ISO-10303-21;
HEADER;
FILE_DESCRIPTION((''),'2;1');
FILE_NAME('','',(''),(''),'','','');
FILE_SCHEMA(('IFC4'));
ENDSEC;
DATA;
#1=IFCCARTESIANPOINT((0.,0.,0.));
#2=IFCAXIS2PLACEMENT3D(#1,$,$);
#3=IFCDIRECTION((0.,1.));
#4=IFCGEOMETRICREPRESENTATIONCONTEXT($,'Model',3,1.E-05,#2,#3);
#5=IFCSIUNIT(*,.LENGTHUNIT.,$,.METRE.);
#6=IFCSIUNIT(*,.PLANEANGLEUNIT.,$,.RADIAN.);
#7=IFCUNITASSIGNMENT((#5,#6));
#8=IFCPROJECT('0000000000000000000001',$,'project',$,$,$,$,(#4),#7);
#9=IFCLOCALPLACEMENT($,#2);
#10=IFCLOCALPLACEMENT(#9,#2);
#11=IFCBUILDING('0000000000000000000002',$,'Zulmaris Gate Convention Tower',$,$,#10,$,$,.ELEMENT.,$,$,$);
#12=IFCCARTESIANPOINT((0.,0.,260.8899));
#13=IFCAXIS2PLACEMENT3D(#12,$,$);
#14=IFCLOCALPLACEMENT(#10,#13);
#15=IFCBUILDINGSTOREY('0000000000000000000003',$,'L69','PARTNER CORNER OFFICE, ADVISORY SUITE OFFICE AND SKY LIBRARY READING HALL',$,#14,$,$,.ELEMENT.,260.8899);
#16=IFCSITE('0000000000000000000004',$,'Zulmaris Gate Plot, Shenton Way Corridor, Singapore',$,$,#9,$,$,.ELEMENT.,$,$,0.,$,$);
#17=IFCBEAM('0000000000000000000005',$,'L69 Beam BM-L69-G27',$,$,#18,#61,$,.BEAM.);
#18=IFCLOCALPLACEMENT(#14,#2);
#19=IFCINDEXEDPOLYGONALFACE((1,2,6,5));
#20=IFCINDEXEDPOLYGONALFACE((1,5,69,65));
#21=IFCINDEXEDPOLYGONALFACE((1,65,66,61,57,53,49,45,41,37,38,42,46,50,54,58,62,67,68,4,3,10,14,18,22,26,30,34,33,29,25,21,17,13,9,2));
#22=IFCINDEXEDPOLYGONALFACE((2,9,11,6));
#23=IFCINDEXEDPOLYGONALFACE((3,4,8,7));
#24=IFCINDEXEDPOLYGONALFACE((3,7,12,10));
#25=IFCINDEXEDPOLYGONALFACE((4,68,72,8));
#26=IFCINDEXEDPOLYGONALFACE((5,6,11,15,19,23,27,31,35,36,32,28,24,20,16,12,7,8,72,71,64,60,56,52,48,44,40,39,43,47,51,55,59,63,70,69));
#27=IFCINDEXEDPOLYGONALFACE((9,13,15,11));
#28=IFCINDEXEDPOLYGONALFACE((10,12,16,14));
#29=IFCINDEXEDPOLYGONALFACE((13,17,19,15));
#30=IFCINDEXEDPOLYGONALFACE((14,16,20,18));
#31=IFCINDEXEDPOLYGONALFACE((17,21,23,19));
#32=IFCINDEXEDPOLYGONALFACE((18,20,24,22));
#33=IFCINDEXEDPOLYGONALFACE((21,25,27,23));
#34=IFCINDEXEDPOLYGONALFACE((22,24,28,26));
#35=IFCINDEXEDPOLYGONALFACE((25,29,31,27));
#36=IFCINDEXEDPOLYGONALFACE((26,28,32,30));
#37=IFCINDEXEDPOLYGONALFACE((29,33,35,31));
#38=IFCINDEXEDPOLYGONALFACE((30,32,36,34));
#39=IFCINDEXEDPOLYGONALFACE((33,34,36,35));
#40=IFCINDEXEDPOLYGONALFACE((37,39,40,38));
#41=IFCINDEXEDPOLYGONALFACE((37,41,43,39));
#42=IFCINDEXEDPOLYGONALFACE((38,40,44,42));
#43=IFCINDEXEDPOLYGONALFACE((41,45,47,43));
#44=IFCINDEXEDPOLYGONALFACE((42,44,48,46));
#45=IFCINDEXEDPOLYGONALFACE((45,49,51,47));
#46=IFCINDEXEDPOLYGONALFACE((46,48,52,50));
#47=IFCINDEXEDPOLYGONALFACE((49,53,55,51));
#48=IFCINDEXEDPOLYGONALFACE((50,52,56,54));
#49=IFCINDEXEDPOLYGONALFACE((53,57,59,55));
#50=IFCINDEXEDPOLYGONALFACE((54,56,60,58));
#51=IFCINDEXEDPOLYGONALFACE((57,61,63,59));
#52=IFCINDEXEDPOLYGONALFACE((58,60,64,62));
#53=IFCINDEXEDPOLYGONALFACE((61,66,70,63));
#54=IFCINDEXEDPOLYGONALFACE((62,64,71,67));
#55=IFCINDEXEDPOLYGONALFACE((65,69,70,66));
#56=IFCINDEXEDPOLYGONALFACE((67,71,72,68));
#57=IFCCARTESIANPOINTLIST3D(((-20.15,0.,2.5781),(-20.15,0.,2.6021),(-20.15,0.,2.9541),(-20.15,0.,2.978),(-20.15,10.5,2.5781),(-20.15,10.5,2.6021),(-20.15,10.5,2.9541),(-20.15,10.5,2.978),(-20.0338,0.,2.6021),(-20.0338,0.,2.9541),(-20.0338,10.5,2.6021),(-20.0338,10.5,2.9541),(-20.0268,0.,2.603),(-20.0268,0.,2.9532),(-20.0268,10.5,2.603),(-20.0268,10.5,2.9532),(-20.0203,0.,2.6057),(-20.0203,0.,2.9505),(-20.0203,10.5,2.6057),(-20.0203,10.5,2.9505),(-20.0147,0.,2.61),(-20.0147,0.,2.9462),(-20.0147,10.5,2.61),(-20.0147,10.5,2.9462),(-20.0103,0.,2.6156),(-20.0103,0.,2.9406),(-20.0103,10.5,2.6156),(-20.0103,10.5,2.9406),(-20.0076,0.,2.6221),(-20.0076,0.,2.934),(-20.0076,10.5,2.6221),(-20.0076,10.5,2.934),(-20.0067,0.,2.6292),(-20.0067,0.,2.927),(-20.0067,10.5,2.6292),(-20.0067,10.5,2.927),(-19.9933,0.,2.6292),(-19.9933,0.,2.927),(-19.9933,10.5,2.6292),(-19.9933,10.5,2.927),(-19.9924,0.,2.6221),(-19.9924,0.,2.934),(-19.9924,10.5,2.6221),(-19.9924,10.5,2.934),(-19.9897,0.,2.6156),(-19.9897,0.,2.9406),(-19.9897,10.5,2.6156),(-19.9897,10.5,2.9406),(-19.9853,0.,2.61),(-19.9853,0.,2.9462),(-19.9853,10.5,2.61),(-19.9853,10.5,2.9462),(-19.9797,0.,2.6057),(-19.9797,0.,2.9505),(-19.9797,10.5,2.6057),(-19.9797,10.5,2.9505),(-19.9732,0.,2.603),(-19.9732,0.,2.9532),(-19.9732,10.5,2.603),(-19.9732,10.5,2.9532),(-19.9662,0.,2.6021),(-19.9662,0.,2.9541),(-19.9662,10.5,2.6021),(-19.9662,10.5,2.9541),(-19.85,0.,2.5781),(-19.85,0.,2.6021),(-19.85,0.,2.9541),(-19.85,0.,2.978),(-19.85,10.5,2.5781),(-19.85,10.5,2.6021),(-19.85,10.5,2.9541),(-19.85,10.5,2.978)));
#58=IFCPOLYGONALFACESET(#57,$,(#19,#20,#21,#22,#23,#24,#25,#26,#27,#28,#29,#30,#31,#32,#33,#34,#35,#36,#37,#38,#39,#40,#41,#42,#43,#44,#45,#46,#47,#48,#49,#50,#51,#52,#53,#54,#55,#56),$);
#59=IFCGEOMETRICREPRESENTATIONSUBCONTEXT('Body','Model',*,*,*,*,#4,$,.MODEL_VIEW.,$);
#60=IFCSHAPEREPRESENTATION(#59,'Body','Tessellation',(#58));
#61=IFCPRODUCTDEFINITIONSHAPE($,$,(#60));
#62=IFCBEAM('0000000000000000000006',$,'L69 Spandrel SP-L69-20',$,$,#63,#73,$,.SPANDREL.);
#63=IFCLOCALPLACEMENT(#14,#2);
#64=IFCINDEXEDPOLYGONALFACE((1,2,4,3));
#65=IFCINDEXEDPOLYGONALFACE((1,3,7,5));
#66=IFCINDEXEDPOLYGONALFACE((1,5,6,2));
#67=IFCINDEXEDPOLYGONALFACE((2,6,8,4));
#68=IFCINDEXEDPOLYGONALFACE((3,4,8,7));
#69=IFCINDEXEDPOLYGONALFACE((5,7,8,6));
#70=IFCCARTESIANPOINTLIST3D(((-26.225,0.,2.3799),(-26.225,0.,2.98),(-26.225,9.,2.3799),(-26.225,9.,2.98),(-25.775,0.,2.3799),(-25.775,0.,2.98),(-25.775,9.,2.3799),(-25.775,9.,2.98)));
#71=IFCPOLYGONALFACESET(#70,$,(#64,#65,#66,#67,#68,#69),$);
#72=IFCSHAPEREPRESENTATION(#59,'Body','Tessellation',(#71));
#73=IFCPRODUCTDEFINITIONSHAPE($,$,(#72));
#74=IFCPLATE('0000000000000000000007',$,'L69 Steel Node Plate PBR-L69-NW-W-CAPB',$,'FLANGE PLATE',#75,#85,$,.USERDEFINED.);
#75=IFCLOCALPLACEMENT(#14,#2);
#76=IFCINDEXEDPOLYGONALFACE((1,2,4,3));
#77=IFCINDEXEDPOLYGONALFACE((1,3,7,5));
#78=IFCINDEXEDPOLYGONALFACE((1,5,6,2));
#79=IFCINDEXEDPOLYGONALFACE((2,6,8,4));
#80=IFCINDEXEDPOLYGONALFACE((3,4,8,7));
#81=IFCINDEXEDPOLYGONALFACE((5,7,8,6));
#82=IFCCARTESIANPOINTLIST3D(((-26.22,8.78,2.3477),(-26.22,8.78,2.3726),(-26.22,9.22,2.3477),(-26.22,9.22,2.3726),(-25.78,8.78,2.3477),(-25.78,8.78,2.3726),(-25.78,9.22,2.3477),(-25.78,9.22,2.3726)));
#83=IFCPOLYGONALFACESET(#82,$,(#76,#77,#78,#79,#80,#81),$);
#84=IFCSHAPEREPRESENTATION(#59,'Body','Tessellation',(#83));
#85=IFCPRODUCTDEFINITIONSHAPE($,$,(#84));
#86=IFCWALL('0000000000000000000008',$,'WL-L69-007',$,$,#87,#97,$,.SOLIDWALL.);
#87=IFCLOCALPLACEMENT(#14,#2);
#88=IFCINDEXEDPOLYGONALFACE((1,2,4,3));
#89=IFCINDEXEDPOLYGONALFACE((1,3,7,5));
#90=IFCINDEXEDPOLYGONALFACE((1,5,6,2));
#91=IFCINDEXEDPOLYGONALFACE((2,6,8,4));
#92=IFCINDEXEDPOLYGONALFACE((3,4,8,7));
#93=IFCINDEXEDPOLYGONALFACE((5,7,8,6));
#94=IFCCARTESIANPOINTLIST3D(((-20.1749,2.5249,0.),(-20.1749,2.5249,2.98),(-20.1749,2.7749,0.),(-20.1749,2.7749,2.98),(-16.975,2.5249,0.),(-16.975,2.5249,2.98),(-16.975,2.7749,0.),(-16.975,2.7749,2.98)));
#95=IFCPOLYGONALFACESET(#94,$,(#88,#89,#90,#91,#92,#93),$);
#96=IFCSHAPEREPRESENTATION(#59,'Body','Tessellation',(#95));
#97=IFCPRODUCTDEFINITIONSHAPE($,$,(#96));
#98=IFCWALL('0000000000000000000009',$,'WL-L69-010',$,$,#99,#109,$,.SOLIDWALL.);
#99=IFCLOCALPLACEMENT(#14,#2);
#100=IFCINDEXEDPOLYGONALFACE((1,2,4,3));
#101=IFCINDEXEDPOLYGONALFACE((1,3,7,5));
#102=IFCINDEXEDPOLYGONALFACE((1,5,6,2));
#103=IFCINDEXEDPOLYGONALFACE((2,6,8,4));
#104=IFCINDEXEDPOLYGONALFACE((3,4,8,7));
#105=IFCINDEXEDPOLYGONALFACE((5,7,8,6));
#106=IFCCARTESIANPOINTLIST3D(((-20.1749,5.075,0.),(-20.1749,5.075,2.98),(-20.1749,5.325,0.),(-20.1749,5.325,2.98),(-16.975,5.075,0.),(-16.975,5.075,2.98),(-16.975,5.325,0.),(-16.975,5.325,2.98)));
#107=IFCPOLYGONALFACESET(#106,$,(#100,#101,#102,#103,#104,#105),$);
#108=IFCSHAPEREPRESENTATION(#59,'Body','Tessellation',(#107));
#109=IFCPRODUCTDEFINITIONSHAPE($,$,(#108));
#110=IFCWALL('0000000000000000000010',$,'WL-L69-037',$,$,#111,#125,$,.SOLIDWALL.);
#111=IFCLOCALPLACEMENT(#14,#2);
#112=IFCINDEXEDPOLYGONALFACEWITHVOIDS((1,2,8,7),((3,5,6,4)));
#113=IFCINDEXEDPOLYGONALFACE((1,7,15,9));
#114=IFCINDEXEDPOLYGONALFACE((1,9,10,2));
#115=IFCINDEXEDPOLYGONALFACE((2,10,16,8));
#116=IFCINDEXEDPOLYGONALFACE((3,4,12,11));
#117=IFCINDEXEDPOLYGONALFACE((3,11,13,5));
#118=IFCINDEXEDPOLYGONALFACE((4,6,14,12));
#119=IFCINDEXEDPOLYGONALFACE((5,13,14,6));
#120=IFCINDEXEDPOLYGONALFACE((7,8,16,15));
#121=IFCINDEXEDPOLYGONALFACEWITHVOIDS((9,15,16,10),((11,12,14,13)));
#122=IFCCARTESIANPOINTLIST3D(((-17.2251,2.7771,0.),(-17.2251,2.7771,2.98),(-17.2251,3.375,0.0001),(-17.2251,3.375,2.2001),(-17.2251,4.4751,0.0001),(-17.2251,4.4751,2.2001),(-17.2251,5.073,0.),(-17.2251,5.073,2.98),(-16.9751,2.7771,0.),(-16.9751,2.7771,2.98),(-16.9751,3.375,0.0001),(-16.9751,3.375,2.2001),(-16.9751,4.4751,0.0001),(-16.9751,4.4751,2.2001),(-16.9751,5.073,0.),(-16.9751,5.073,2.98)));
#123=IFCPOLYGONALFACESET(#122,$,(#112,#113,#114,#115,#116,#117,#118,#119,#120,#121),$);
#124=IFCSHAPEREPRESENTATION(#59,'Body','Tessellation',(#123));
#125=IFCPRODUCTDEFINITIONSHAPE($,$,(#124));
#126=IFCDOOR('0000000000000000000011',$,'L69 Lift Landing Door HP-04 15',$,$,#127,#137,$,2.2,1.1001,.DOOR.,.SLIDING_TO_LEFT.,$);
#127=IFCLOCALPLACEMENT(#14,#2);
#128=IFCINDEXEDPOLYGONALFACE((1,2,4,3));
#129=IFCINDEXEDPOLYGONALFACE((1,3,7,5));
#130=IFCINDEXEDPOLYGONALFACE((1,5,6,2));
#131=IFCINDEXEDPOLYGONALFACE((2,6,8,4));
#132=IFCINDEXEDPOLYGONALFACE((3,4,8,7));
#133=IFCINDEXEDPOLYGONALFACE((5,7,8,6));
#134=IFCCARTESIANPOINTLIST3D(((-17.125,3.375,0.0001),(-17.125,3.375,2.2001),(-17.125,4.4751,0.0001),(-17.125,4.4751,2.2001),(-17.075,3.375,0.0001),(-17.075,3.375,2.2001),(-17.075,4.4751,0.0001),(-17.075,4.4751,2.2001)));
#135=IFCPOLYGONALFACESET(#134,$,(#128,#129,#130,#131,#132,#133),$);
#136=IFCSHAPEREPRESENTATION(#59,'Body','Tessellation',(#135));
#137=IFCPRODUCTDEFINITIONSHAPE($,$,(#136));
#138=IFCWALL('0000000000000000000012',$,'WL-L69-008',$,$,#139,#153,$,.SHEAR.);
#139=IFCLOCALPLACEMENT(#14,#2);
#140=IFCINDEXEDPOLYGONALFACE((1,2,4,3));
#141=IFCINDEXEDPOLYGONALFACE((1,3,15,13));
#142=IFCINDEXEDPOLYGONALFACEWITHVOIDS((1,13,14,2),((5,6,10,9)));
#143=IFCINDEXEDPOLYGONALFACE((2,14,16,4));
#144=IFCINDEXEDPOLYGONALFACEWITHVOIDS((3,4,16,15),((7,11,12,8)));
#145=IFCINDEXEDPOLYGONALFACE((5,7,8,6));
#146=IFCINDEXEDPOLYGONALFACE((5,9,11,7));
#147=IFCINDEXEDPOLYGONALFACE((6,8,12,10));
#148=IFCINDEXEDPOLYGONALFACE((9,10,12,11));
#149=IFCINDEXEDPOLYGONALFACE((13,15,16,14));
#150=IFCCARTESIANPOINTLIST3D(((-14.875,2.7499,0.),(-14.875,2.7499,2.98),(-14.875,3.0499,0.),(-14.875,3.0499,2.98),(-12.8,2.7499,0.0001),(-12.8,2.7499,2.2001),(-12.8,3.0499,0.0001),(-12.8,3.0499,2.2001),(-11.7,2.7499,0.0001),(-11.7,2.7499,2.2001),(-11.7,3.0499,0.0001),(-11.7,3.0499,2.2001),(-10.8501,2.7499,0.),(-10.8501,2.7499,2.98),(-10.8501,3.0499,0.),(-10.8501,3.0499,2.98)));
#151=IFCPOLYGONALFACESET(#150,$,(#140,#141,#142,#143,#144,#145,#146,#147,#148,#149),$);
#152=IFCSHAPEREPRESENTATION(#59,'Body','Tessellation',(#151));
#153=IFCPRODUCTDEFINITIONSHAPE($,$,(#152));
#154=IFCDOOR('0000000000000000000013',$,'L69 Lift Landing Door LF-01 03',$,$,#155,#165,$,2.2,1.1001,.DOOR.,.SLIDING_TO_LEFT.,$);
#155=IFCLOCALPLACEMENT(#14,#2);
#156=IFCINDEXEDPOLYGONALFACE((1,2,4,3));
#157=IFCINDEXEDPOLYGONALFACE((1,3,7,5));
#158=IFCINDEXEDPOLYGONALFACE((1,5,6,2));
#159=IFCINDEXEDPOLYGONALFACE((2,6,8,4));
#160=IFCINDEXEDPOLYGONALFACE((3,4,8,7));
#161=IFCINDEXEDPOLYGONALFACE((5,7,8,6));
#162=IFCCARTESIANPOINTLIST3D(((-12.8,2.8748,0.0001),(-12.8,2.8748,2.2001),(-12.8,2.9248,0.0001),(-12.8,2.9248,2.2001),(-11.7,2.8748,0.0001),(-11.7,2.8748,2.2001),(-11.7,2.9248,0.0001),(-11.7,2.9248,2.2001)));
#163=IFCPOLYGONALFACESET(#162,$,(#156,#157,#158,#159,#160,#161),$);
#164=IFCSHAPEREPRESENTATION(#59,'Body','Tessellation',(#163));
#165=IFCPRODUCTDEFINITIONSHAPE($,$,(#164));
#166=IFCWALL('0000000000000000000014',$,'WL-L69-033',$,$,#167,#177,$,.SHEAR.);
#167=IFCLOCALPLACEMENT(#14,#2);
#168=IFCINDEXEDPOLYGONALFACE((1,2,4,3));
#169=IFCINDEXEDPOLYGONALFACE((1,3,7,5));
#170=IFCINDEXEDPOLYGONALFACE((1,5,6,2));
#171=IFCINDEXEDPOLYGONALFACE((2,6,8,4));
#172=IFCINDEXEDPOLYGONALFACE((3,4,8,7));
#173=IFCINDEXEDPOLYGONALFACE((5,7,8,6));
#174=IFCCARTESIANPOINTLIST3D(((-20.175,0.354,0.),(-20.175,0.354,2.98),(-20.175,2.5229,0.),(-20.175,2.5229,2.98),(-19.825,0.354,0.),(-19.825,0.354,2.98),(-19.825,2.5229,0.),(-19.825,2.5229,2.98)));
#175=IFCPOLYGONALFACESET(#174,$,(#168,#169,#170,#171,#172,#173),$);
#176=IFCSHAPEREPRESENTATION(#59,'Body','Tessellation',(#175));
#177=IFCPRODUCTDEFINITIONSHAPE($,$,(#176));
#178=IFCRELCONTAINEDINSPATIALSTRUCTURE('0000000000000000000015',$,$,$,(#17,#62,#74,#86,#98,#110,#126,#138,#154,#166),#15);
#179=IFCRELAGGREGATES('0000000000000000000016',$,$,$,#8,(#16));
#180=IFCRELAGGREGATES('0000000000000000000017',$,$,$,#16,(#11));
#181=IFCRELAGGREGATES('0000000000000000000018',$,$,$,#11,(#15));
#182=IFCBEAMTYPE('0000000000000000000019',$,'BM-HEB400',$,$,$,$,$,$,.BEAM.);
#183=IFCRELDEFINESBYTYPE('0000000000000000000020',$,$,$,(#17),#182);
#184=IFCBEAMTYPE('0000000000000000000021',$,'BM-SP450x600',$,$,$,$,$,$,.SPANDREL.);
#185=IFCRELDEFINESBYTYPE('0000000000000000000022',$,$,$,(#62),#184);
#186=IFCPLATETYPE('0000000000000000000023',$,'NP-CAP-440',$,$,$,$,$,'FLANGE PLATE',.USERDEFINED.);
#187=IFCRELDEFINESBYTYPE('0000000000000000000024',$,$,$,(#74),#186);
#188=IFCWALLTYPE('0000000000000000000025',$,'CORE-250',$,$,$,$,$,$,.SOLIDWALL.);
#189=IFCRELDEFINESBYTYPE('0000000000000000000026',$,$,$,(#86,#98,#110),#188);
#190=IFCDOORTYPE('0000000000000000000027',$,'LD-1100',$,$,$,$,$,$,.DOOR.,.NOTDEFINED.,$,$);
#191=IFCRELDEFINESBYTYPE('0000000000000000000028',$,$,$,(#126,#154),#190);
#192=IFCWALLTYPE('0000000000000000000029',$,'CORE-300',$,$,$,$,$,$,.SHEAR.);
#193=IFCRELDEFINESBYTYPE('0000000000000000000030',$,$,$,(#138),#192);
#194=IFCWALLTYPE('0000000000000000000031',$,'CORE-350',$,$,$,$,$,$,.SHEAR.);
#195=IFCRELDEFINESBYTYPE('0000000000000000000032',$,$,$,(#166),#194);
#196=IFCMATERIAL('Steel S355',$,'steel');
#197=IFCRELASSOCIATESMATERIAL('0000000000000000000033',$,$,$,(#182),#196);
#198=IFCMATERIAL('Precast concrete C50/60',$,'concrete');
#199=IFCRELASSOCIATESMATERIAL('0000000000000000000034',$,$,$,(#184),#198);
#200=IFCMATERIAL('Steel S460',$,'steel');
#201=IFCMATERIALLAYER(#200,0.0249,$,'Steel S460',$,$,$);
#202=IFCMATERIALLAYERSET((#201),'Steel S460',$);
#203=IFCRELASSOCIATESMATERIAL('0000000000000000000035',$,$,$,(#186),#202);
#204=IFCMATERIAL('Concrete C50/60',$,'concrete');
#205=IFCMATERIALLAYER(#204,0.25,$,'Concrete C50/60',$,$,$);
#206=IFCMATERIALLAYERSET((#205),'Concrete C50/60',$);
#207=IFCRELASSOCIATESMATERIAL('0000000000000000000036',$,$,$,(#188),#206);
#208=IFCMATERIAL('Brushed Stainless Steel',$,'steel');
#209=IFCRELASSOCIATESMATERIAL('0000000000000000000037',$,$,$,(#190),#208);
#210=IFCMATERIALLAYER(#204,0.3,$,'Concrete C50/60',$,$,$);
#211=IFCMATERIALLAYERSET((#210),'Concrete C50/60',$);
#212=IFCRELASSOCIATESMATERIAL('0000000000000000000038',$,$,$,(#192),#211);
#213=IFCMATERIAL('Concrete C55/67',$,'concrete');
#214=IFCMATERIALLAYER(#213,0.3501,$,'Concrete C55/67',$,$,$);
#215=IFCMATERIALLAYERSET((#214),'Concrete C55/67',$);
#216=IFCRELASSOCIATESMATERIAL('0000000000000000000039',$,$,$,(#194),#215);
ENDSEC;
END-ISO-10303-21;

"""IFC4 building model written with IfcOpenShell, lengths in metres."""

from ifc_helpers import new_model, si_unit, direction, frame, frame_2d, origin, origin_2d, place, context, subcontext, project, spatial, rectangle, i_section, extrude, material, layer, layer_set, material_profile, profile_set, type_object, element, fill, save


model = new_model("IFC4")

# Units and contexts
model_context = context("Model", 3, precision=1e-05, world=origin(), true_north=direction((0.0, 1.0)))
body_context = subcontext(model_context, "Body", "Model", "MODEL_VIEW")
ifc_project = project(units=[si_unit("LENGTHUNIT", "METRE"), si_unit("PLANEANGLEUNIT", "RADIAN")], contexts=[model_context])

# Site, building, storey
site_placement = place(None, origin())
site = spatial("IfcSite", under=ifc_project, at=site_placement, Name="Zulmaris Gate Plot, Shenton Way Corridor, Singapore", CompositionType="ELEMENT", RefElevation=0.0)
building_placement = place(site_placement, origin())
building = spatial("IfcBuilding", under=site, at=building_placement, Name="Zulmaris Gate Convention Tower", CompositionType="ELEMENT")
storey_placement = place(building_placement, frame((0.0, 0.0, 260.8899)))
storey = spatial("IfcBuildingStorey", under=building, at=storey_placement, Name="L69", Description="PARTNER CORNER OFFICE, ADVISORY SUITE OFFICE AND SKY LIBRARY READING HALL", CompositionType="ELEMENT", Elevation=260.8899)

# Shared definitions
ifc_material_1 = material(Name="Concrete C50/60", Category="concrete")

# Beams
ifc_material_2 = material(Name="Steel S355", Category="steel")
ifc_material_profile_1 = material_profile(ifc_material_2, i_section(OverallWidth=0.3, OverallDepth=0.3999, WebThickness=0.0134, FlangeThickness=0.0239, FilletRadius=0.0271, at=origin_2d()), Name="HEB 400")
ifc_profile_set_1 = profile_set([ifc_material_profile_1], Name="Steel S355")
beam_type_1 = type_object("IfcBeamType", Name="BM-HEB400", PredefinedType="BEAM", material=ifc_profile_set_1)
beam_1_placement = place(storey_placement, frame((-20.0, 0.0, 2.7781), z_axis=(0.0, 1.0, 0.0), x_axis=(-1.0, 0.0, 0.0)))
element("IfcBeam", 1, at=beam_1_placement, inside=storey, type_object=beam_type_1, Name="L69 Beam BM-L69-G27", PredefinedType="BEAM", context=body_context, shape_type="SweptSolid", body=[
    extrude(i_section(OverallWidth=0.3, OverallDepth=0.3999, WebThickness=0.0134, FlangeThickness=0.0239, FilletRadius=0.0271, at=origin_2d()), origin(), (0.0, 0.0, 1.0), 10.5),
])
ifc_material_3 = material(Name="Precast concrete C50/60", Category="concrete")
ifc_material_profile_2 = material_profile(ifc_material_3, rectangle(XDim=0.45, YDim=0.6001, at=origin_2d()), Name="RC SPANDREL 450x600")
ifc_profile_set_2 = profile_set([ifc_material_profile_2], Name="Precast concrete C50/60")
beam_type_2 = type_object("IfcBeamType", Name="BM-SP450x600", PredefinedType="SPANDREL", material=ifc_profile_set_2)
beam_2_placement = place(storey_placement, frame((-26.0, 9.0, 2.6799), z_axis=(0.0, -1.0, 0.0), x_axis=(1.0, 0.0, 0.0)))
element("IfcBeam", 2, at=beam_2_placement, inside=storey, type_object=beam_type_2, Name="L69 Spandrel SP-L69-20", PredefinedType="SPANDREL", context=body_context, shape_type="SweptSolid", body=[
    extrude(rectangle(XDim=0.45, YDim=0.6001, at=origin_2d()), origin(), (0.0, 0.0, 1.0), 9.0),
])

# Plate
ifc_material_4 = material(Name="Steel S460", Category="steel")
ifc_layer_1 = layer(ifc_material_4, 0.0249, Name="Steel S460")
ifc_layer_set_1 = layer_set([ifc_layer_1], Name="Steel S460")
plate_type = type_object("IfcPlateType", Name="NP-CAP-440", ElementType="FLANGE PLATE", PredefinedType="USERDEFINED", material=ifc_layer_set_1)
plate_placement = place(storey_placement, frame((-26.0, 9.0, 2.3477), z_axis=(0.0, 0.0, 1.0), x_axis=(1.0, 0.0, 0.0)))
element("IfcPlate", 3, at=plate_placement, inside=storey, type_object=plate_type, Name="L69 Steel Node Plate PBR-L69-NW-W-CAPB", ObjectType="FLANGE PLATE", PredefinedType="USERDEFINED", context=body_context, shape_type="SweptSolid", body=[
    extrude(rectangle(XDim=0.4399, YDim=0.4399, at=origin_2d()), origin(), (0.0, 0.0, 1.0), 0.0249),
])

# Walls
ifc_layer_2 = layer(ifc_material_1, 0.25, Name="Concrete C50/60")
ifc_layer_set_2 = layer_set([ifc_layer_2], Name="Concrete C50/60")
wall_type_1 = type_object("IfcWallType", Name="CORE-250", PredefinedType="SOLIDWALL", material=ifc_layer_set_2)
for number, where, z_axis, x_axis, name in (
    (4, (-20.175, 2.6499, 0.0), (0.0, 0.0, 1.0), (1.0, 0.0, 0.0), "WL-L69-007"),
    (5, (-20.175, 5.2, 0.0), (0.0, 0.0, 1.0), (1.0, 0.0, 0.0), "WL-L69-010"),
):
    element("IfcWall", number, at=place(storey_placement, frame(where, z_axis=z_axis, x_axis=x_axis)), inside=storey, type_object=wall_type_1, Name=name, PredefinedType="SOLIDWALL", context=body_context, shape_type="SweptSolid", body=[
        extrude(rectangle(XDim=3.2, YDim=0.25, at=frame_2d((1.6001, 0.0))), origin(), (0.0, 0.0, 1.0), 2.98),
    ])

# Walls, openings, doors
wall_1_placement = place(storey_placement, frame((-17.1001, 2.7771, 0.0), z_axis=(0.0, 0.0, 1.0), x_axis=(0.0, 1.0, 0.0)))
wall_1 = element("IfcWall", 6, at=wall_1_placement, inside=storey, type_object=wall_type_1, Name="WL-L69-037", PredefinedType="SOLIDWALL", context=body_context, shape_type="SweptSolid", body=[
    extrude(rectangle(XDim=2.2959, YDim=0.25, at=frame_2d((1.1479, 0.0))), origin(), (0.0, 0.0, 1.0), 2.98),
])
opening_1_placement = place(wall_1_placement, frame((0.5979, 0.0, 0.0)))
opening_1 = element("IfcOpeningElement", 7, at=opening_1_placement, cuts=wall_1, PredefinedType="OPENING", context=body_context, shape_type="SweptSolid", body=[
    extrude(rectangle(XDim=1.1001, YDim=2.2, at=frame_2d((0.55, 1.1001))), frame((0.0, 0.135, 0.0), z_axis=(0.0, -1.0, 0.0), x_axis=(1.0, 0.0, 0.0)), (0.0, 0.0, 1.0), 0.27),
])
ifc_material_5 = material(Name="Brushed Stainless Steel", Category="steel")
door_type_1 = type_object("IfcDoorType", Name="LD-1100", OperationType="NOTDEFINED", PredefinedType="DOOR", material=ifc_material_5)
door_1_placement = place(opening_1_placement, origin())
door_1 = element("IfcDoor", 8, at=door_1_placement, inside=storey, type_object=door_type_1, Name="L69 Lift Landing Door HP-04 15", OperationType="SLIDING_TO_LEFT", OverallHeight=2.2, OverallWidth=1.1001, PredefinedType="DOOR", context=body_context, shape_type="SweptSolid", body=[
    extrude(rectangle(XDim=1.1001, YDim=2.2, at=frame_2d((0.55, 1.1001))), frame((0.0, 0.0249, 0.0), z_axis=(0.0, -1.0, 0.0), x_axis=(1.0, 0.0, 0.0)), (0.0, 0.0, 1.0), 0.05),
])
fill(opening_1, door_1)
ifc_layer_3 = layer(ifc_material_1, 0.3, Name="Concrete C50/60")
ifc_layer_set_3 = layer_set([ifc_layer_3], Name="Concrete C50/60")
wall_type_2 = type_object("IfcWallType", Name="CORE-300", PredefinedType="SHEAR", material=ifc_layer_set_3)
wall_2_placement = place(storey_placement, frame((-14.875, 2.8999, 0.0), z_axis=(0.0, 0.0, 1.0), x_axis=(1.0, 0.0, 0.0)))
wall_2 = element("IfcWall", 9, at=wall_2_placement, inside=storey, type_object=wall_type_2, Name="WL-L69-008", PredefinedType="SHEAR", context=body_context, shape_type="SweptSolid", body=[
    extrude(rectangle(XDim=4.0249, YDim=0.3, at=frame_2d((2.0125, 0.0))), origin(), (0.0, 0.0, 1.0), 2.98),
])
opening_2_placement = place(wall_2_placement, frame((2.075, 0.0, 0.0)))
opening_2 = element("IfcOpeningElement", 10, at=opening_2_placement, cuts=wall_2, PredefinedType="OPENING", context=body_context, shape_type="SweptSolid", body=[
    extrude(rectangle(XDim=1.1001, YDim=2.2, at=frame_2d((0.55, 1.1001))), frame((0.0, 0.1602, 0.0), z_axis=(0.0, -1.0, 0.0), x_axis=(1.0, 0.0, 0.0)), (0.0, 0.0, 1.0), 0.3201),
])
door_2_placement = place(opening_2_placement, origin())
door_2 = element("IfcDoor", 11, at=door_2_placement, inside=storey, type_object=door_type_1, Name="L69 Lift Landing Door LF-01 03", OperationType="SLIDING_TO_LEFT", OverallHeight=2.2, OverallWidth=1.1001, PredefinedType="DOOR", context=body_context, shape_type="SweptSolid", body=[
    extrude(rectangle(XDim=1.1001, YDim=2.2, at=frame_2d((0.55, 1.1001))), frame((0.0, 0.0249, 0.0), z_axis=(0.0, -1.0, 0.0), x_axis=(1.0, 0.0, 0.0)), (0.0, 0.0, 1.0), 0.05),
])
fill(opening_2, door_2)

# Wall
ifc_material_6 = material(Name="Concrete C55/67", Category="concrete")
ifc_layer_4 = layer(ifc_material_6, 0.3501, Name="Concrete C55/67")
ifc_layer_set_4 = layer_set([ifc_layer_4], Name="Concrete C55/67")
wall_type_3 = type_object("IfcWallType", Name="CORE-350", PredefinedType="SHEAR", material=ifc_layer_set_4)
wall_3_placement = place(storey_placement, frame((-20.0, 0.354, 0.0), z_axis=(0.0, 0.0, 1.0), x_axis=(0.0, 1.0, 0.0)))
element("IfcWall", 12, at=wall_3_placement, inside=storey, type_object=wall_type_3, Name="WL-L69-033", PredefinedType="SHEAR", context=body_context, shape_type="SweptSolid", body=[
    extrude(rectangle(XDim=2.1689, YDim=0.3501, at=frame_2d((1.0845, 0.0))), origin(), (0.0, 0.0, 1.0), 2.98),
])

save(model, "model.ifc")
